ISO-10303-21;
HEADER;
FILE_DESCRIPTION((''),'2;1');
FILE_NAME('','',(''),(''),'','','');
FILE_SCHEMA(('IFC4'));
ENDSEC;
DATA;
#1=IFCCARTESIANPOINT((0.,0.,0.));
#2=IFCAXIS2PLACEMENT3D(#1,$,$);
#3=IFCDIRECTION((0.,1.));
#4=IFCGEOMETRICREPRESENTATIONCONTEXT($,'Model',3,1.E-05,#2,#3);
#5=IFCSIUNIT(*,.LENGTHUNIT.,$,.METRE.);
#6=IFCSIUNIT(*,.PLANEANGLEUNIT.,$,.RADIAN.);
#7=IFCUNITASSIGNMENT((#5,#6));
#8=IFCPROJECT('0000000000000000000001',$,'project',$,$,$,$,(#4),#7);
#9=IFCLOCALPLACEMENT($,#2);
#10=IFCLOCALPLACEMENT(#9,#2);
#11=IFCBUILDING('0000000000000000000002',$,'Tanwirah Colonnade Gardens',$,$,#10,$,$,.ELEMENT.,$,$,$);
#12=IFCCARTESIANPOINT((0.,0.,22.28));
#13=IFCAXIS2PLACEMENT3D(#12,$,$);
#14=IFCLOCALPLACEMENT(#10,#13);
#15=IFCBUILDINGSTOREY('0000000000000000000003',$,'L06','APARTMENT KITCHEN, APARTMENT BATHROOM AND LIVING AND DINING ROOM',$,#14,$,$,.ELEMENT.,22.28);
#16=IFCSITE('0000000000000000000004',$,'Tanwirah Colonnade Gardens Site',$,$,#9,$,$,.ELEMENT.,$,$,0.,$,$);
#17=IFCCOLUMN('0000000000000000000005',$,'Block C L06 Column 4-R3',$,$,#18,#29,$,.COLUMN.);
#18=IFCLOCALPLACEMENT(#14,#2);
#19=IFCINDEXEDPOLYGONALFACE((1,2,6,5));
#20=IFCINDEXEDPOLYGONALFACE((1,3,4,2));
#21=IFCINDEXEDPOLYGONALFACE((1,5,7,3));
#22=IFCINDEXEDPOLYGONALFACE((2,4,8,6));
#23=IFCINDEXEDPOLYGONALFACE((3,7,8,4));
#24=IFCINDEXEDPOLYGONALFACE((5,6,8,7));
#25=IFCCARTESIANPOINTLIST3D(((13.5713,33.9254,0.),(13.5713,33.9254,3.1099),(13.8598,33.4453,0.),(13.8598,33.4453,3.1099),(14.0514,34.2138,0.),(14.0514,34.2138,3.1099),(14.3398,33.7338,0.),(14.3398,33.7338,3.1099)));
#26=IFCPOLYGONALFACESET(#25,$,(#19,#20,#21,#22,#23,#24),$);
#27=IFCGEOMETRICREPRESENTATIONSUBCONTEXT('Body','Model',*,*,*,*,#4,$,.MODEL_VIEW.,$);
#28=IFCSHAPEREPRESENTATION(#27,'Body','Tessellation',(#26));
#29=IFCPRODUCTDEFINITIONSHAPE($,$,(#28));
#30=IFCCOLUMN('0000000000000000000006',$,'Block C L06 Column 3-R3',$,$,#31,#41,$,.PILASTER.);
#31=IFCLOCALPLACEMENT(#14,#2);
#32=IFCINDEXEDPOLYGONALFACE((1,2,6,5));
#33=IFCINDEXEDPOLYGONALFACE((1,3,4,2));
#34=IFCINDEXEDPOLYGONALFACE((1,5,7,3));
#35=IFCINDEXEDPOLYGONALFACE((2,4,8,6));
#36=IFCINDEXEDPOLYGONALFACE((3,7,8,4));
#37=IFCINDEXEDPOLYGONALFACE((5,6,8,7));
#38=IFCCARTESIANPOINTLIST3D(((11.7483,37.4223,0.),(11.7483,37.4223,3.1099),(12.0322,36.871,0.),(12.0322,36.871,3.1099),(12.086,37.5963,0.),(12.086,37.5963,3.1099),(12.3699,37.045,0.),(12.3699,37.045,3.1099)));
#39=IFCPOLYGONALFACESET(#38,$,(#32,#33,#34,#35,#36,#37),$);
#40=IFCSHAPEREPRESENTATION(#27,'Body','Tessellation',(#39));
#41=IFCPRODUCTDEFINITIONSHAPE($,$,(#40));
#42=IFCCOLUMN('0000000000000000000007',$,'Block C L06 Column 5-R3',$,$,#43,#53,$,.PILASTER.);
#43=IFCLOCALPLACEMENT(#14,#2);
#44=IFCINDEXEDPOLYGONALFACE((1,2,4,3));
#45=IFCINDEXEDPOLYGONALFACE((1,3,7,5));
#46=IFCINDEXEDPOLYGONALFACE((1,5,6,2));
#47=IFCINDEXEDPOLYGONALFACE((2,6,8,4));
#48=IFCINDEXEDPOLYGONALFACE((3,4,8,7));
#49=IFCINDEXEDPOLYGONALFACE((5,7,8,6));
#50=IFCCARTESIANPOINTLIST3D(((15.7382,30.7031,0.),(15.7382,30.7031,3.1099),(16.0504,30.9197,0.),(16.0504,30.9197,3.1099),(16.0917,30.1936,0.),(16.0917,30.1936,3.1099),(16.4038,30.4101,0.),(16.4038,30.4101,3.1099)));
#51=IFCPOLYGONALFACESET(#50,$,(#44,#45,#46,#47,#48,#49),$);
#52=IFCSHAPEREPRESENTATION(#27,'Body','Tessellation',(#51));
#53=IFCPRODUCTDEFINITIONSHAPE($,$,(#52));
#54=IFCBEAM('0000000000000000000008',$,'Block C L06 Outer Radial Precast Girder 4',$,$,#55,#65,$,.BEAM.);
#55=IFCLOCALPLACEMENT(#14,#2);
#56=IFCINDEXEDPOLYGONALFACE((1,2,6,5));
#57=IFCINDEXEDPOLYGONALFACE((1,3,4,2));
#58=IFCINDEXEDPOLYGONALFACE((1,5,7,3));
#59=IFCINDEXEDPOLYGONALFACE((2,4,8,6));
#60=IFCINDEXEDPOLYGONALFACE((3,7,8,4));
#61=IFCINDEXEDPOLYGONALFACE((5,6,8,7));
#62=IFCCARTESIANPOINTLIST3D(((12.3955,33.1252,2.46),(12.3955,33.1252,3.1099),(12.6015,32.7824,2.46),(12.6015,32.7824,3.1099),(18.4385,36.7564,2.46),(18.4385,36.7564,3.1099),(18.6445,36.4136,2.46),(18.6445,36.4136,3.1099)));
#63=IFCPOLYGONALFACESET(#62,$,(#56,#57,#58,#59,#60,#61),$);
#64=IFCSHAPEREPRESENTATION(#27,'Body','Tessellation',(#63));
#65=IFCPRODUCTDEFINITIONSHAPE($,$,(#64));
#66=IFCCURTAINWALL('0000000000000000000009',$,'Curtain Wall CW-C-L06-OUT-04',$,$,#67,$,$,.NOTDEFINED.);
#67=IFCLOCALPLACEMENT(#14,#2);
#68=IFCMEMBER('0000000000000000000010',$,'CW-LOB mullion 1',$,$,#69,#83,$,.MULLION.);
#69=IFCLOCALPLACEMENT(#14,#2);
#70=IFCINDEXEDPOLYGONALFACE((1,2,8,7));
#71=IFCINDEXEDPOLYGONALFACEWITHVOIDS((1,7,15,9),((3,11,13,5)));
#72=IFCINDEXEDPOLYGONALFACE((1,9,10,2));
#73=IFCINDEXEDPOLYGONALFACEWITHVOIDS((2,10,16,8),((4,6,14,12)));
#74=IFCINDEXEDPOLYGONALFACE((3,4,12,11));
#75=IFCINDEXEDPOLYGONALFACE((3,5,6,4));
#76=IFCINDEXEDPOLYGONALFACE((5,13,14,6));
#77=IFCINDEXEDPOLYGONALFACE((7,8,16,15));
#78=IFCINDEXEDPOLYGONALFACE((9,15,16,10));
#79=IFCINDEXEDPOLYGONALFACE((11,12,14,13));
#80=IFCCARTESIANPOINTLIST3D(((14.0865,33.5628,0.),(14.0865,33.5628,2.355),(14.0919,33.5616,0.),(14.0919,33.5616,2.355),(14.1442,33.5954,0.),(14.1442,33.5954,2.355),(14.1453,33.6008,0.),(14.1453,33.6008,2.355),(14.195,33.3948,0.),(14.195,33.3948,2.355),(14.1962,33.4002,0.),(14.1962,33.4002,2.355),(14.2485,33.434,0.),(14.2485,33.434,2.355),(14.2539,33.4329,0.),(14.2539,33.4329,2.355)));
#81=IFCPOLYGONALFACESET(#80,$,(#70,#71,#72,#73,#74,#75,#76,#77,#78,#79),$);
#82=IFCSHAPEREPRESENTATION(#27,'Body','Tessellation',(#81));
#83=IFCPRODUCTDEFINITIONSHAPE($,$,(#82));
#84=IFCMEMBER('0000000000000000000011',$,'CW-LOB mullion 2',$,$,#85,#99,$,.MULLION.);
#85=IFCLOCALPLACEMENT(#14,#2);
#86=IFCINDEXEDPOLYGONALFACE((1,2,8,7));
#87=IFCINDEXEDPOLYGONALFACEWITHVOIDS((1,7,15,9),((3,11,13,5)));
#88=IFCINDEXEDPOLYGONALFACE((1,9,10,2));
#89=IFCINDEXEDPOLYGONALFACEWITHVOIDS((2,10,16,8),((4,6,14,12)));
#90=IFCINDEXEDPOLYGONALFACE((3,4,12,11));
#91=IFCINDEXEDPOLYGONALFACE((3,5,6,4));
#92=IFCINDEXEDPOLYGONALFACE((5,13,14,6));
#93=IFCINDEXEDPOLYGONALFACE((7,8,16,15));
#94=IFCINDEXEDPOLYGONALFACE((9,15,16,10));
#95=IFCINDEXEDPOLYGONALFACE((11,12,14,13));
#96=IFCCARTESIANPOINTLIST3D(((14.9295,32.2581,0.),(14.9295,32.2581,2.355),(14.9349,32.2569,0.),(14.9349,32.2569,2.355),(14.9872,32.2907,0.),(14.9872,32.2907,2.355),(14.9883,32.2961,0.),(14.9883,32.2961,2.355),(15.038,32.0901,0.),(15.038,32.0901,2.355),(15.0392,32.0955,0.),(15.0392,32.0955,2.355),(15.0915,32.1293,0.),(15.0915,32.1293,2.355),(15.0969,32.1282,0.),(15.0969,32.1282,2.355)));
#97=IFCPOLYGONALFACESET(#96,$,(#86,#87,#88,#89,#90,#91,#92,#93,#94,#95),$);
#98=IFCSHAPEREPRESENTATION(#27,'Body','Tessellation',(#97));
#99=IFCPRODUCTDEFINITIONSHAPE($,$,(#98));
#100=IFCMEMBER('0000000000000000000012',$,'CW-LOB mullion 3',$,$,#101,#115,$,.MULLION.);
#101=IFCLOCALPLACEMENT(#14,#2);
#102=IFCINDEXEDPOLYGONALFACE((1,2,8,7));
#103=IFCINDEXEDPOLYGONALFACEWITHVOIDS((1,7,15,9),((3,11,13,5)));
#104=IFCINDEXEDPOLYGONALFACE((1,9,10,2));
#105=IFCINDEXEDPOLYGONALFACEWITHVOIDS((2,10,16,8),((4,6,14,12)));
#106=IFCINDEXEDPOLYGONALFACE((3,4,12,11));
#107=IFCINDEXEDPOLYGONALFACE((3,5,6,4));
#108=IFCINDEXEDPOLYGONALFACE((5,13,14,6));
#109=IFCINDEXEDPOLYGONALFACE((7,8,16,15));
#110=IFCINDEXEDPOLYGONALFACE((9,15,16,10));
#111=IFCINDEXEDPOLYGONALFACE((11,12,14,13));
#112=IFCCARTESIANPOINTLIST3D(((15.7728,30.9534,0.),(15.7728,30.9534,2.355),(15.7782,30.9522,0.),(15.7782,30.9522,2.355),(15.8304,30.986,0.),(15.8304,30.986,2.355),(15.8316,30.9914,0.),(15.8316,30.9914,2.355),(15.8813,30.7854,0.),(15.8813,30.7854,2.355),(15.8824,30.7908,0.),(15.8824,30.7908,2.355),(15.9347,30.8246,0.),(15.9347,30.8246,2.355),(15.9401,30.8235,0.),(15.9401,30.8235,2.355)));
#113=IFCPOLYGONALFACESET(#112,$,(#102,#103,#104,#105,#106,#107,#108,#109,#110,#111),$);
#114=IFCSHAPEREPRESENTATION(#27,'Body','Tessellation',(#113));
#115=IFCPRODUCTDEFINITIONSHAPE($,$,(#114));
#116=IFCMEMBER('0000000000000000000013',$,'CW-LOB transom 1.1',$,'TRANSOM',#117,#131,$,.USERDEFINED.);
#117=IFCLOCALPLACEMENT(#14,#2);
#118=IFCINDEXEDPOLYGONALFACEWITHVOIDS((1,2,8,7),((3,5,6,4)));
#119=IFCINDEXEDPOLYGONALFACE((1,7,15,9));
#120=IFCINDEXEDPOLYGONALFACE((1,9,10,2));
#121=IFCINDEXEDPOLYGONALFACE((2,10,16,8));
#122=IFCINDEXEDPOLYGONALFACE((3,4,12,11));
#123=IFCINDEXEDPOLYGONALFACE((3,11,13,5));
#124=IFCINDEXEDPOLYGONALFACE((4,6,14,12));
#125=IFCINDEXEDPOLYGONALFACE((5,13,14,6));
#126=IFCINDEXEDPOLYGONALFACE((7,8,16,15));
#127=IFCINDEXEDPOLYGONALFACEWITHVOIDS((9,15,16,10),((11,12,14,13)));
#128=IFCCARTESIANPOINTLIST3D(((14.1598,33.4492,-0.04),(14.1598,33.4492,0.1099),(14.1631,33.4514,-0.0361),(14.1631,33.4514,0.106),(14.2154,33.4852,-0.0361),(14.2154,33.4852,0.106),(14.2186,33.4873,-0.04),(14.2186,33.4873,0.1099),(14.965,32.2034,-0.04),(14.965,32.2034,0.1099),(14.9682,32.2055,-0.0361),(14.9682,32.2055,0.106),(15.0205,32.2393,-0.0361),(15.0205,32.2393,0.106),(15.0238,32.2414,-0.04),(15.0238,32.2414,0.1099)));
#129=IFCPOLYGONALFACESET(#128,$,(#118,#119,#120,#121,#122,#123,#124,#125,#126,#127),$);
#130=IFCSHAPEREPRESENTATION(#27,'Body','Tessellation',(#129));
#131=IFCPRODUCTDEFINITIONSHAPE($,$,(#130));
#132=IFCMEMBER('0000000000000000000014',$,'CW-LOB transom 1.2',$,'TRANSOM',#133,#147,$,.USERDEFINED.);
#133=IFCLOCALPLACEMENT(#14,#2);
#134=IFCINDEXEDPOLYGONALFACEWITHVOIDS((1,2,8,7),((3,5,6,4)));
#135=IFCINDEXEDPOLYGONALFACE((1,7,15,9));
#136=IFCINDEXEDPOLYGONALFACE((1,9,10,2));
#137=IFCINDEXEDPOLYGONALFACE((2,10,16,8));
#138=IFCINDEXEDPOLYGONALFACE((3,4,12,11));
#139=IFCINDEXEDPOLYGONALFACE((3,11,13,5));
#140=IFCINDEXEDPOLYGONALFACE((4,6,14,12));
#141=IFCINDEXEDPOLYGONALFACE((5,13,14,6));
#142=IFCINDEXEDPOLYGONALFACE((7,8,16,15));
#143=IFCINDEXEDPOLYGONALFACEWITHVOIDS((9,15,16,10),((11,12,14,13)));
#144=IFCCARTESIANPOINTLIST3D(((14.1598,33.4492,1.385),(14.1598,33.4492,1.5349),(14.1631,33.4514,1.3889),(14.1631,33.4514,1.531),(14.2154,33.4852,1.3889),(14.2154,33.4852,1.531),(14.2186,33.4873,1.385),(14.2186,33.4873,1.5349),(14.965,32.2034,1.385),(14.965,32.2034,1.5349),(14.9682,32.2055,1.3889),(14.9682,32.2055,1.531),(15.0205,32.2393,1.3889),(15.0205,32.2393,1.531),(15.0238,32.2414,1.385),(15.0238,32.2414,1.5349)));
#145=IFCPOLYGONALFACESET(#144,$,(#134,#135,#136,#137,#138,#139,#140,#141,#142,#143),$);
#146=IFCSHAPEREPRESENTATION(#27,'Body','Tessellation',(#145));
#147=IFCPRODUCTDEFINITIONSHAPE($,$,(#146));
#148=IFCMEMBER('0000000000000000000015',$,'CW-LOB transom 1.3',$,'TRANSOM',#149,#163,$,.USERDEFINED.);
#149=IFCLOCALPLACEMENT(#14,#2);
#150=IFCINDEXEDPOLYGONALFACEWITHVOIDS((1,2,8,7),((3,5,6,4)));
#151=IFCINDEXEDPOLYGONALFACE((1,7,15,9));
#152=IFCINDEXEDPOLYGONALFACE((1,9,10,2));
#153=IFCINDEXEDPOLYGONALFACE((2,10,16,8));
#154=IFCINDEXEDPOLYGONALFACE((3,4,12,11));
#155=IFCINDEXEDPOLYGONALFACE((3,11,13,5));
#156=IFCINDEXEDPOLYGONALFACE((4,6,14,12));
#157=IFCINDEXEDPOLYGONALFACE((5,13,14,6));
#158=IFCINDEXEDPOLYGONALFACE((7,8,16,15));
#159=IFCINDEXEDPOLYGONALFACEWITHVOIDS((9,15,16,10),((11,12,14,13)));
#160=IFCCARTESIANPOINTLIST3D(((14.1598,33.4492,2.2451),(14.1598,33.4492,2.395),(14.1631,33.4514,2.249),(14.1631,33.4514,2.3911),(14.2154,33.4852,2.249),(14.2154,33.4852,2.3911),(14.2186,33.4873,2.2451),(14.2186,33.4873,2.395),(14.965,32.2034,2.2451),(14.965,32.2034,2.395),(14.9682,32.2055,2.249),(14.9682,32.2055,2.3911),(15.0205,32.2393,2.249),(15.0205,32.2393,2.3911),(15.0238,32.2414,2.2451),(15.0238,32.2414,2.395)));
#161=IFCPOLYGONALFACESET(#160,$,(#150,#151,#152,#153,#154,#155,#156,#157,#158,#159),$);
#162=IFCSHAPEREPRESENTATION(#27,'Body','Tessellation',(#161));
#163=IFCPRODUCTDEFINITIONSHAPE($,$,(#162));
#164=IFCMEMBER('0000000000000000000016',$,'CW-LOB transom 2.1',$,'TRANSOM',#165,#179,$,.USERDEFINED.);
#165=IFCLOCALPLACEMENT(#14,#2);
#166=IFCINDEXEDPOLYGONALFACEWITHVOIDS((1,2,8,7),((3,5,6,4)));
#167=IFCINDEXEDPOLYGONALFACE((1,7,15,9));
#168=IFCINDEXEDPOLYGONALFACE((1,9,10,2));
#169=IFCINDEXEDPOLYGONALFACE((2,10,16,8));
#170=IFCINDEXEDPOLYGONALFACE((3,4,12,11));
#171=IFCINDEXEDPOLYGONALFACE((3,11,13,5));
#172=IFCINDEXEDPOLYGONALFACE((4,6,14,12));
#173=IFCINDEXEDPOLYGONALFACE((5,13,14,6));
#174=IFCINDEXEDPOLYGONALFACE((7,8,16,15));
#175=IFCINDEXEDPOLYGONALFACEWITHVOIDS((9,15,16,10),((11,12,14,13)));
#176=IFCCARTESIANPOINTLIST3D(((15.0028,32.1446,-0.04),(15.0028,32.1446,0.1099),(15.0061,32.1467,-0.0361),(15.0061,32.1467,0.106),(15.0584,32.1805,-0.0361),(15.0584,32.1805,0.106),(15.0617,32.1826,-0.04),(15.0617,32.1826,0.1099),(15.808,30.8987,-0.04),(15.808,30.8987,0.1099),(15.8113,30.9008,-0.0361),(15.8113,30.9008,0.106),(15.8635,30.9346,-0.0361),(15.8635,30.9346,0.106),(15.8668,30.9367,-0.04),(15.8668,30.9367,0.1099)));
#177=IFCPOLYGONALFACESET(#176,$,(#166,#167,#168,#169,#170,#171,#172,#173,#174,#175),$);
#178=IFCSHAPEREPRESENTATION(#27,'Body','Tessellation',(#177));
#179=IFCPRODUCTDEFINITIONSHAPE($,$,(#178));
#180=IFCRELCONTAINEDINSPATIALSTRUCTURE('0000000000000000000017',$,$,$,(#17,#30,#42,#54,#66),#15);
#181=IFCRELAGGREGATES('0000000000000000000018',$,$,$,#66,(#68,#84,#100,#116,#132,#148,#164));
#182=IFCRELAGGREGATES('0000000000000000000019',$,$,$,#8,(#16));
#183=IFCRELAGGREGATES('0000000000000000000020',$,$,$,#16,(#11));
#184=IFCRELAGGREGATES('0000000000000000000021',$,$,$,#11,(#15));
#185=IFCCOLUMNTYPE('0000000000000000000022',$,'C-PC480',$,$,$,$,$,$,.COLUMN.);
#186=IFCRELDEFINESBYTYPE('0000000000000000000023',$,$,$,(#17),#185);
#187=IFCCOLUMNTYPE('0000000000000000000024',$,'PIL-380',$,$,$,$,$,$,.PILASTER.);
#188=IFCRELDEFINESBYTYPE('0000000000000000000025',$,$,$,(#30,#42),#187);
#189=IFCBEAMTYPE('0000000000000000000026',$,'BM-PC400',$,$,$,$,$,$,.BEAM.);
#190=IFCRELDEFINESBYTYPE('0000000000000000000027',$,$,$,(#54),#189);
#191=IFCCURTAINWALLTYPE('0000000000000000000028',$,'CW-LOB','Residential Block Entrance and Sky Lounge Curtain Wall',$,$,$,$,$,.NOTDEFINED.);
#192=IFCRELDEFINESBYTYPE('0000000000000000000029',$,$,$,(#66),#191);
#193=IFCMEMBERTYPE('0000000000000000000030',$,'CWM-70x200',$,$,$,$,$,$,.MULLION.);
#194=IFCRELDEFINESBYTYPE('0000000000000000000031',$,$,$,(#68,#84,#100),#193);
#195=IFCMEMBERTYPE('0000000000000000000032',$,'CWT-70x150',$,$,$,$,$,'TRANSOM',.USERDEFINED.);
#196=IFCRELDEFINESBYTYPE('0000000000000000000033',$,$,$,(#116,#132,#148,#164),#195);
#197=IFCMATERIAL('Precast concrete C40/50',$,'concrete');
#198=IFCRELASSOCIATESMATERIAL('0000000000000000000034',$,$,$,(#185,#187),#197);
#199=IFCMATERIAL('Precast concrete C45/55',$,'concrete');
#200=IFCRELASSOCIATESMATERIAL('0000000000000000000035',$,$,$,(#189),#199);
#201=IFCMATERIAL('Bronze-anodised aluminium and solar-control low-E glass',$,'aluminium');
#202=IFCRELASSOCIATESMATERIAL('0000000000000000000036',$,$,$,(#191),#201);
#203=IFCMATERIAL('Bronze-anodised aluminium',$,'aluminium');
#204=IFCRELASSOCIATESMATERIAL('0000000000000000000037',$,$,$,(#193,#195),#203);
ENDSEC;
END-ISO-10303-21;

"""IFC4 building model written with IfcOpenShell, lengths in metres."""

from ifc_helpers import new_model, si_unit, direction, frame, origin, origin_2d, place, context, subcontext, project, spatial, rectangle, hollow_rectangle, extrude, material, material_profile, profile_set, type_object, element, aggregate, save


model = new_model("IFC4")

# Units and contexts
model_context = context("Model", 3, precision=1e-05, world=origin(), true_north=direction((0.0, 1.0)))
body_context = subcontext(model_context, "Body", "Model", "MODEL_VIEW")
ifc_project = project(units=[si_unit("LENGTHUNIT", "METRE"), si_unit("PLANEANGLEUNIT", "RADIAN")], contexts=[model_context])

# Site, building, storey
site_placement = place(None, origin())
site = spatial("IfcSite", under=ifc_project, at=site_placement, Name="Tanwirah Colonnade Gardens Site", CompositionType="ELEMENT", RefElevation=0.0)
building_placement = place(site_placement, origin())
building = spatial("IfcBuilding", under=site, at=building_placement, Name="Tanwirah Colonnade Gardens", CompositionType="ELEMENT")
storey_placement = place(building_placement, frame((0.0, 0.0, 22.28)))
storey = spatial("IfcBuildingStorey", under=building, at=storey_placement, Name="L06", Description="APARTMENT KITCHEN, APARTMENT BATHROOM AND LIVING AND DINING ROOM", CompositionType="ELEMENT", Elevation=22.28)

# Columns
ifc_material_1 = material(Name="Precast concrete C40/50", Category="concrete")
ifc_material_profile_1 = material_profile(ifc_material_1, rectangle(XDim=0.5601, YDim=0.5601, at=origin_2d()), Name="PC-COL 560x560")
ifc_profile_set_1 = profile_set([ifc_material_profile_1], Name="Precast concrete C40/50")
column_type_1 = type_object("IfcColumnType", Name="C-PC480", PredefinedType="COLUMN", material=ifc_profile_set_1)
column_placement = place(storey_placement, frame((13.9556, 33.8296, 0.0), z_axis=(0.0, 0.0, 1.0), x_axis=(-0.857167, -0.515038, 0.0)))
element("IfcColumn", 1, at=column_placement, inside=storey, type_object=column_type_1, Name="Block C L06 Column 4-R3", PredefinedType="COLUMN", context=body_context, shape_type="SweptSolid", body=[
    extrude(rectangle(XDim=0.5601, YDim=0.5601, at=origin_2d()), origin(), (0.0, 0.0, 1.0), 3.1099),
])
ifc_material_profile_2 = material_profile(ifc_material_1, rectangle(XDim=0.3799, YDim=0.6201, at=origin_2d()), Name="PC-PIL 380x620")
ifc_profile_set_2 = profile_set([ifc_material_profile_2], Name="Precast concrete C40/50")
column_type_2 = type_object("IfcColumnType", Name="PIL-380", PredefinedType="PILASTER", material=ifc_profile_set_2)
for number, where, z_axis, x_axis, name in (
    (2, (12.0591, 37.2336, 0.0), (0.0, 0.0, 1.0), (-0.889017, -0.457874, 0.0), "Block C L06 Column 3-R3"),
    (3, (16.071, 30.5566, 0.0), (0.0, 0.0, 1.0), (-0.821647, -0.569997, 0.0), "Block C L06 Column 5-R3"),
):
    element("IfcColumn", number, at=place(storey_placement, frame(where, z_axis=z_axis, x_axis=x_axis)), inside=storey, type_object=column_type_2, Name=name, PredefinedType="PILASTER", context=body_context, shape_type="SweptSolid", body=[
        extrude(rectangle(XDim=0.3799, YDim=0.6201, at=origin_2d()), origin(), (0.0, 0.0, 1.0), 3.1099),
    ])

# Beam
ifc_material_2 = material(Name="Precast concrete C45/55", Category="concrete")
ifc_material_profile_3 = material_profile(ifc_material_2, rectangle(XDim=0.3999, YDim=0.6499, at=origin_2d()), Name="PC-BM 400x650")
ifc_profile_set_3 = profile_set([ifc_material_profile_3], Name="Precast concrete C45/55")
beam_type_1 = type_object("IfcBeamType", Name="BM-PC400", PredefinedType="BEAM", material=ifc_profile_set_3)
beam_1_placement = place(storey_placement, frame((18.5415, 36.585, 2.7849), z_axis=(-0.85716, -0.515051, 0.0), x_axis=(0.515051, -0.85716, 0.0)))
element("IfcBeam", 4, at=beam_1_placement, inside=storey, type_object=beam_type_1, Name="Block C L06 Outer Radial Precast Girder 4", PredefinedType="BEAM", context=body_context, shape_type="SweptSolid", body=[
    extrude(rectangle(XDim=0.3999, YDim=0.6499, at=origin_2d()), origin(), (0.0, 0.0, 1.0), 7.05),
])

# Curtain wall, members
ifc_material_3 = material(Name="Bronze-anodised aluminium and solar-control low-E glass", Category="aluminium")
curtain_wall_type = type_object("IfcCurtainWallType", Name="CW-LOB", Description="Residential Block Entrance and Sky Lounge Curtain Wall", PredefinedType="NOTDEFINED", material=ifc_material_3)
curtain_wall_placement = place(storey_placement, origin())
curtain_wall = element("IfcCurtainWall", 5, at=curtain_wall_placement, inside=storey, type_object=curtain_wall_type, Name="Curtain Wall CW-C-L06-OUT-04", PredefinedType="NOTDEFINED")
ifc_material_4 = material(Name="Bronze-anodised aluminium", Category="aluminium")
ifc_material_profile_4 = material_profile(ifc_material_4, hollow_rectangle(XDim=0.0701, YDim=0.2, WallThickness=0.0039, at=origin_2d()), Name="CW-MUL 70x200x4")
ifc_profile_set_4 = profile_set([ifc_material_profile_4], Name="Bronze-anodised aluminium")
member_type_1 = type_object("IfcMemberType", Name="CWM-70x200", PredefinedType="MULLION", material=ifc_profile_set_4)
member_1_placement = place(storey_placement, frame((14.1702, 33.4978, 0.0), z_axis=(0.0, 0.0, 1.0), x_axis=(0.839857, 0.542807, 0.0)))
member_1 = element("IfcMember", 6, at=member_1_placement, type_object=member_type_1, Name="CW-LOB mullion 1", PredefinedType="MULLION", context=body_context, shape_type="SweptSolid", body=[
    extrude(hollow_rectangle(XDim=0.0701, YDim=0.2, WallThickness=0.0039, at=origin_2d()), origin(), (0.0, 0.0, 1.0), 2.355),
])
member_2_placement = place(storey_placement, frame((15.0132, 32.1931, 0.0), z_axis=(0.0, 0.0, 1.0), x_axis=(0.839857, 0.542807, 0.0)))
member_2 = element("IfcMember", 7, at=member_2_placement, type_object=member_type_1, Name="CW-LOB mullion 2", PredefinedType="MULLION", context=body_context, shape_type="SweptSolid", body=[
    extrude(hollow_rectangle(XDim=0.0701, YDim=0.2, WallThickness=0.0039, at=origin_2d()), origin(), (0.0, 0.0, 1.0), 2.355),
])
member_3_placement = place(storey_placement, frame((15.8564, 30.8884, 0.0), z_axis=(0.0, 0.0, 1.0), x_axis=(0.839857, 0.542807, 0.0)))
member_3 = element("IfcMember", 8, at=member_3_placement, type_object=member_type_1, Name="CW-LOB mullion 3", PredefinedType="MULLION", context=body_context, shape_type="SweptSolid", body=[
    extrude(hollow_rectangle(XDim=0.0701, YDim=0.2, WallThickness=0.0039, at=origin_2d()), origin(), (0.0, 0.0, 1.0), 2.355),
])
ifc_material_profile_5 = material_profile(ifc_material_4, hollow_rectangle(XDim=0.0701, YDim=0.1499, WallThickness=0.0039, at=origin_2d()), Name="CW-TRN 70x150x4")
ifc_profile_set_5 = profile_set([ifc_material_profile_5], Name="Bronze-anodised aluminium")
member_type_2 = type_object("IfcMemberType", Name="CWT-70x150", ElementType="TRANSOM", PredefinedType="USERDEFINED", material=ifc_profile_set_5)
member_4_placement = place(storey_placement, frame((14.1892, 33.4683, 0.0349), z_axis=(0.542794, -0.839866, 0.0), x_axis=(0.839866, 0.542794, 0.0)))
member_4 = element("IfcMember", 9, at=member_4_placement, type_object=member_type_2, Name="CW-LOB transom 1.1", ObjectType="TRANSOM", PredefinedType="USERDEFINED", context=body_context, shape_type="SweptSolid", body=[
    extrude(hollow_rectangle(XDim=0.0701, YDim=0.1499, WallThickness=0.0039, at=origin_2d()), origin(), (0.0, 0.0, 1.0), 1.4834),
])
member_5_placement = place(storey_placement, frame((14.1892, 33.4683, 1.46), z_axis=(0.542794, -0.839866, 0.0), x_axis=(0.839866, 0.542794, 0.0)))
member_5 = element("IfcMember", 10, at=member_5_placement, type_object=member_type_2, Name="CW-LOB transom 1.2", ObjectType="TRANSOM", PredefinedType="USERDEFINED", context=body_context, shape_type="SweptSolid", body=[
    extrude(hollow_rectangle(XDim=0.0701, YDim=0.1499, WallThickness=0.0039, at=origin_2d()), origin(), (0.0, 0.0, 1.0), 1.4834),
])
member_6_placement = place(storey_placement, frame((14.1892, 33.4683, 2.3201), z_axis=(0.542794, -0.839866, 0.0), x_axis=(0.839866, 0.542794, 0.0)))
member_6 = element("IfcMember", 11, at=member_6_placement, type_object=member_type_2, Name="CW-LOB transom 1.3", ObjectType="TRANSOM", PredefinedType="USERDEFINED", context=body_context, shape_type="SweptSolid", body=[
    extrude(hollow_rectangle(XDim=0.0701, YDim=0.1499, WallThickness=0.0039, at=origin_2d()), origin(), (0.0, 0.0, 1.0), 1.4834),
])
member_7_placement = place(storey_placement, frame((15.0322, 32.1636, 0.0349), z_axis=(0.542794, -0.839866, 0.0), x_axis=(0.839866, 0.542794, 0.0)))
member_7 = element("IfcMember", 12, at=member_7_placement, type_object=member_type_2, Name="CW-LOB transom 2.1", ObjectType="TRANSOM", PredefinedType="USERDEFINED", context=body_context, shape_type="SweptSolid", body=[
    extrude(hollow_rectangle(XDim=0.0701, YDim=0.1499, WallThickness=0.0039, at=origin_2d()), origin(), (0.0, 0.0, 1.0), 1.4834),
])

aggregate(curtain_wall, [member_1, member_2, member_3, member_4, member_5, member_6, member_7])

save(model, "model.ifc")
